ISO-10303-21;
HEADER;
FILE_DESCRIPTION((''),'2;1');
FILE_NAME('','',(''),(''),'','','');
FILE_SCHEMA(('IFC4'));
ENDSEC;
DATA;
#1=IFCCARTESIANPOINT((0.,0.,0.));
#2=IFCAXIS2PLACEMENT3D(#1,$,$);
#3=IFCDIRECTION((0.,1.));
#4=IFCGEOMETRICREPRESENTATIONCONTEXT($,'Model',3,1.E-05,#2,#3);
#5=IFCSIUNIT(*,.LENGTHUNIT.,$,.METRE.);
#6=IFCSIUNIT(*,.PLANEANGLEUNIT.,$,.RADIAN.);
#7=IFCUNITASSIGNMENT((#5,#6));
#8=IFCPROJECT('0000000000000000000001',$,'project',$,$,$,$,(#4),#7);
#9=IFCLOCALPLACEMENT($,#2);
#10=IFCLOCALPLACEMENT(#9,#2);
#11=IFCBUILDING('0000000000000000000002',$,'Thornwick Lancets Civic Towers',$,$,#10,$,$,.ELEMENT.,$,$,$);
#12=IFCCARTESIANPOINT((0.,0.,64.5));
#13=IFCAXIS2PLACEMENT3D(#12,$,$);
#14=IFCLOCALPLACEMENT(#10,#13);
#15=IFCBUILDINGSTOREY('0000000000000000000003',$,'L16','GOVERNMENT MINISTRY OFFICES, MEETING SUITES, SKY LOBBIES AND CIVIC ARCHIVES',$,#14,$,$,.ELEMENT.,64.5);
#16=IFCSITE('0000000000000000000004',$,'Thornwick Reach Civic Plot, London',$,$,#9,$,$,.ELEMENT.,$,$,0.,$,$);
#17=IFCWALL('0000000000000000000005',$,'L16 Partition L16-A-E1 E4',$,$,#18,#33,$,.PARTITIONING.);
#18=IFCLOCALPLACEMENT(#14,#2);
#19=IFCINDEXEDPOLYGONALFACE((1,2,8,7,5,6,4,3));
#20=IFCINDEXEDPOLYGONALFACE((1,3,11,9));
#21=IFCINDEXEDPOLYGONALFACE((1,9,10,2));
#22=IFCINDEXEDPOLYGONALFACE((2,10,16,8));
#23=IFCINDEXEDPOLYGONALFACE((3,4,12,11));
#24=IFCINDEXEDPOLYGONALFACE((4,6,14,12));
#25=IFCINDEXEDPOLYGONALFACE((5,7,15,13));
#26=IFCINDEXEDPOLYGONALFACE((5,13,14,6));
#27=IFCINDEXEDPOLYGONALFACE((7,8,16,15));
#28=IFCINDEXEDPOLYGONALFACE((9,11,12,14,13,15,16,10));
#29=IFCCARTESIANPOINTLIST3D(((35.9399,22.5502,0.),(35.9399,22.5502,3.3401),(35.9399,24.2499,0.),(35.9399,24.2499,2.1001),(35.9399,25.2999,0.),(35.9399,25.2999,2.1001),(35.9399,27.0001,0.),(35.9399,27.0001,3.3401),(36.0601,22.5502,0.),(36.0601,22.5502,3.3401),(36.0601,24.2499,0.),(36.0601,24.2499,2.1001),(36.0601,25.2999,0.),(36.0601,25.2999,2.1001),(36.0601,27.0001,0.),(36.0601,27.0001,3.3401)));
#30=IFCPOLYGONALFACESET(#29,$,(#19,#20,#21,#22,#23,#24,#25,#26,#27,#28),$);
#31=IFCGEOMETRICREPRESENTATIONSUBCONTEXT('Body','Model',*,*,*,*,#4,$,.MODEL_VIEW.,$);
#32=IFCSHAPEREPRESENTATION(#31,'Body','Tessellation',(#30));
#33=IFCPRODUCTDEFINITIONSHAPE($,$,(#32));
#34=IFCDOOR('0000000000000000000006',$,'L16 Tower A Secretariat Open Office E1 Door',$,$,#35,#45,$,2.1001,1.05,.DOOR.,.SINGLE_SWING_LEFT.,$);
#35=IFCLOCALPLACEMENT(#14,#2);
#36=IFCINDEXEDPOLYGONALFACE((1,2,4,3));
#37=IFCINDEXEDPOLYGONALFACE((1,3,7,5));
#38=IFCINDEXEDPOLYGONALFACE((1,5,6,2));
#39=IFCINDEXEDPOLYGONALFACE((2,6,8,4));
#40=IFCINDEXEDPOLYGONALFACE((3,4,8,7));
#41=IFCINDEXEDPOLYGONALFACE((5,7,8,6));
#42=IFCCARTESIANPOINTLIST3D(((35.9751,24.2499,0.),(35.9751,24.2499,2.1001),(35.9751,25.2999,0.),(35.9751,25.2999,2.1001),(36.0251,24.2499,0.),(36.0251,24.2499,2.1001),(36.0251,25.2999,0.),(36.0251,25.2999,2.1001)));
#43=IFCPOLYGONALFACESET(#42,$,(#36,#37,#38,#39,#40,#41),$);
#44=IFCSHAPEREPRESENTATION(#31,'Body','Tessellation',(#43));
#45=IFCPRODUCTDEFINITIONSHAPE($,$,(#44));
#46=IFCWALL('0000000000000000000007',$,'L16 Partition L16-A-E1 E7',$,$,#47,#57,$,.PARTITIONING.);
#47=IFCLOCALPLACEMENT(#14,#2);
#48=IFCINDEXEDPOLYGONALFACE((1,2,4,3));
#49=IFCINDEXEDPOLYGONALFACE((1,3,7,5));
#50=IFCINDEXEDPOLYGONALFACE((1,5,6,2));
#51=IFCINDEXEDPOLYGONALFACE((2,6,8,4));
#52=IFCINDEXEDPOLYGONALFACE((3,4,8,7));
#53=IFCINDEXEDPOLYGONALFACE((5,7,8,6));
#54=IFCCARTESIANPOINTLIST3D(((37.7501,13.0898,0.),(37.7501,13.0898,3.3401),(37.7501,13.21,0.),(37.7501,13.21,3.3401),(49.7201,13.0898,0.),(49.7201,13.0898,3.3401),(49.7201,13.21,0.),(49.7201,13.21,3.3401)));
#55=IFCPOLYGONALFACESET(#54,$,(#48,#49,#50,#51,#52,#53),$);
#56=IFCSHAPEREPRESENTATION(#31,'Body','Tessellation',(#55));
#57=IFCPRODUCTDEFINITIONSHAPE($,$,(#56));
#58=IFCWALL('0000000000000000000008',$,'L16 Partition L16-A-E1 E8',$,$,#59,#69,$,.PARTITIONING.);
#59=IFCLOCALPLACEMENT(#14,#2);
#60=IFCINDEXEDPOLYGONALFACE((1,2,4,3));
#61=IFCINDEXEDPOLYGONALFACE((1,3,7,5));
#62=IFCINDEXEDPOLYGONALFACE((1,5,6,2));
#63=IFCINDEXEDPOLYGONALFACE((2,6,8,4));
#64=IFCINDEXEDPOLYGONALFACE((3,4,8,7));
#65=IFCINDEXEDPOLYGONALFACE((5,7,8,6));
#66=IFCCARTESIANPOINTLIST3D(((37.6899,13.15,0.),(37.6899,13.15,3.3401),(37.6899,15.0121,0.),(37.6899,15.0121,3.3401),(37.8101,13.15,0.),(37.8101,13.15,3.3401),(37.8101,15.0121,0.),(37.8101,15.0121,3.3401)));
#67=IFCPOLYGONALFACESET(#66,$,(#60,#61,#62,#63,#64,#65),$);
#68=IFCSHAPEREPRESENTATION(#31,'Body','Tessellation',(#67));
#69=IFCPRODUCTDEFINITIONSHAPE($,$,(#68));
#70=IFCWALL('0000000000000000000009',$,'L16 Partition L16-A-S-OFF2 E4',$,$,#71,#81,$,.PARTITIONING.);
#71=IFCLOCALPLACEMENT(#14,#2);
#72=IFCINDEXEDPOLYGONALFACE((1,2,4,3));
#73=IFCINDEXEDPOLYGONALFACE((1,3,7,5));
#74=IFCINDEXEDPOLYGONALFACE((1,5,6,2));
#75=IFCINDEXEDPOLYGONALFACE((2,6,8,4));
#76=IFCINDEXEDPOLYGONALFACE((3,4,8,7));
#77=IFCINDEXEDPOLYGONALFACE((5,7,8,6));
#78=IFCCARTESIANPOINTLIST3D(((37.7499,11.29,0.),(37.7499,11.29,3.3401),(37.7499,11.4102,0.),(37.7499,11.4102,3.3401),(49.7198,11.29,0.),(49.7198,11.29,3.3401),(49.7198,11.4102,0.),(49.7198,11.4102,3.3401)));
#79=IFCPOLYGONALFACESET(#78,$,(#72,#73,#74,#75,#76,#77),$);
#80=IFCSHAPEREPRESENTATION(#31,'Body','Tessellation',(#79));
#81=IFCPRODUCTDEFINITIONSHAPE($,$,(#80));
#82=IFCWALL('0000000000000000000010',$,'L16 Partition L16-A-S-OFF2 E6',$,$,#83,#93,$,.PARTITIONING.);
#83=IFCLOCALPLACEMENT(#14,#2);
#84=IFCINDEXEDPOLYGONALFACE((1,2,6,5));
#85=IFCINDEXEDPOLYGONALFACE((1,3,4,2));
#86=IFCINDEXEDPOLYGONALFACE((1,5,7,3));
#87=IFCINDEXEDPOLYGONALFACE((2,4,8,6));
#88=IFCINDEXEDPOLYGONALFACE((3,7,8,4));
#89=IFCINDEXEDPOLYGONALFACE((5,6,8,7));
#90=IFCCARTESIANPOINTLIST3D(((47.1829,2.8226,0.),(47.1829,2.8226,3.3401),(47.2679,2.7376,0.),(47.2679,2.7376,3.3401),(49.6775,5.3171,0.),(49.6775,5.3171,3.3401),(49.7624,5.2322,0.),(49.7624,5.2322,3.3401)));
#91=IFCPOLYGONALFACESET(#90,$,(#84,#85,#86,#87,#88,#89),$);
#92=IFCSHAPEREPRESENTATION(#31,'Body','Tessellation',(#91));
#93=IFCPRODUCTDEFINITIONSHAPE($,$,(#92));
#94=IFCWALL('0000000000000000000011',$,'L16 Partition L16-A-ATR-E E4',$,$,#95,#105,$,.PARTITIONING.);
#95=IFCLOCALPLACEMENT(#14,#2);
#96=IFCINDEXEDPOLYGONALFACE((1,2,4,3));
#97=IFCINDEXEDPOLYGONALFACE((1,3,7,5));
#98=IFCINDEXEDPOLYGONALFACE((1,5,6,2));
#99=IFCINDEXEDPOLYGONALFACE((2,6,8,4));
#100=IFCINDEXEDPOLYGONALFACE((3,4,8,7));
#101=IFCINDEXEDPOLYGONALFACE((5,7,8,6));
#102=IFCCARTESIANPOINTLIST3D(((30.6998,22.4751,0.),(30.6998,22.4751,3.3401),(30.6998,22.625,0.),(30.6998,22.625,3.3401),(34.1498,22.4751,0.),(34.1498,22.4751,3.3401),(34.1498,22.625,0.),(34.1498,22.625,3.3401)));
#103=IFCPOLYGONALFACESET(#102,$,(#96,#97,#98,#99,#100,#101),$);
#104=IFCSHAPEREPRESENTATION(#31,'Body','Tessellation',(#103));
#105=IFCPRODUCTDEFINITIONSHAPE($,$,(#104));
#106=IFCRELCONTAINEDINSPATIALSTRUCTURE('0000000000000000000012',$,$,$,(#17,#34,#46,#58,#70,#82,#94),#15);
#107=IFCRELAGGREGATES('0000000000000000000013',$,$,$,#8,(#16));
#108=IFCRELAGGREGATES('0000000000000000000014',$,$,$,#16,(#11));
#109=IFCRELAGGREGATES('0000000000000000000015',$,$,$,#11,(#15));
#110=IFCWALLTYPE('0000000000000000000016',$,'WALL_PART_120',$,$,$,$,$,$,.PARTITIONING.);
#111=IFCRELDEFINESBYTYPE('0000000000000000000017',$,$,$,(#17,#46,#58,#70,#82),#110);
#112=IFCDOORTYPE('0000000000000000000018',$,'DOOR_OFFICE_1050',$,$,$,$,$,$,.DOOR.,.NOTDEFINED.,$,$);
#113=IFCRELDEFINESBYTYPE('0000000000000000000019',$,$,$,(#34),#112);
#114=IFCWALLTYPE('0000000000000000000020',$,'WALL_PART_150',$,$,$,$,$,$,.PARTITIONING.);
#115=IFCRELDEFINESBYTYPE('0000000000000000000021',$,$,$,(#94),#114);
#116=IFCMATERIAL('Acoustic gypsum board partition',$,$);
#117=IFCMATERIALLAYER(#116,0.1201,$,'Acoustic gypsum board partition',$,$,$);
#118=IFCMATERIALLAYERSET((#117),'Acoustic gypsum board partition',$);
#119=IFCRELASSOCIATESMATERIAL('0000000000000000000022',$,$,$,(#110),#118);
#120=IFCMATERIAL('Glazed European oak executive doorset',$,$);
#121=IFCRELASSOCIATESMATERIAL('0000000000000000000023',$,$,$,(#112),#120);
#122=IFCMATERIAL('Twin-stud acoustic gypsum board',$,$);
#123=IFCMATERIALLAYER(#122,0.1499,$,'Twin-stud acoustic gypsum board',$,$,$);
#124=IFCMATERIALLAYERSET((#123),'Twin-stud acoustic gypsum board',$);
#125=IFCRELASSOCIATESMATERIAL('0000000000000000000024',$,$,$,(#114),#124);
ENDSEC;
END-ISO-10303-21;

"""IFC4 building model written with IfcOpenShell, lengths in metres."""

from ifc_helpers import new_model, si_unit, direction, frame, frame_2d, origin, place, context, subcontext, project, spatial, rectangle, extrude, material, layer, layer_set, type_object, element, fill, save


model = new_model("IFC4")

# Units and contexts
model_context = context("Model", 3, precision=1e-05, world=origin(), true_north=direction((0.0, 1.0)))
body_context = subcontext(model_context, "Body", "Model", "MODEL_VIEW")
ifc_project = project(units=[si_unit("LENGTHUNIT", "METRE"), si_unit("PLANEANGLEUNIT", "RADIAN")], contexts=[model_context])

# Site, building, storey
site_placement = place(None, origin())
site = spatial("IfcSite", under=ifc_project, at=site_placement, Name="Thornwick Reach Civic Plot, London", CompositionType="ELEMENT", RefElevation=0.0)
building_placement = place(site_placement, origin())
building = spatial("IfcBuilding", under=site, at=building_placement, Name="Thornwick Lancets Civic Towers", CompositionType="ELEMENT")
storey_placement = place(building_placement, frame((0.0, 0.0, 64.5)))
storey = spatial("IfcBuildingStorey", under=building, at=storey_placement, Name="L16", Description="GOVERNMENT MINISTRY OFFICES, MEETING SUITES, SKY LOBBIES AND CIVIC ARCHIVES", CompositionType="ELEMENT", Elevation=64.5)

# Shared definitions
ifc_material_1 = material(Name="Acoustic gypsum board partition")
ifc_layer_1 = layer(ifc_material_1, 0.1201, Name="Acoustic gypsum board partition")
ifc_layer_set_1 = layer_set([ifc_layer_1], Name="Acoustic gypsum board partition")
wall_type_1 = type_object("IfcWallType", Name="WALL_PART_120", PredefinedType="PARTITIONING", material=ifc_layer_set_1)

# Wall, opening, door
wall_1_placement = place(storey_placement, frame((36.0, 22.55, 0.0), z_axis=(0.0, 0.0, 1.0), x_axis=(0.0, 1.0, 0.0)))
wall_1 = element("IfcWall", 1, at=wall_1_placement, inside=storey, type_object=wall_type_1, Name="L16 Partition L16-A-E1 E4", PredefinedType="PARTITIONING", context=body_context, shape_type="SweptSolid", body=[
    extrude(rectangle(XDim=4.45, YDim=0.1201, at=frame_2d((2.2251, 0.0))), origin(), (0.0, 0.0, 1.0), 3.3401),
])
opening_1_placement = place(wall_1_placement, frame((1.7, 0.0, 0.0)))
opening_1 = element("IfcOpeningElement", 2, at=opening_1_placement, cuts=wall_1, PredefinedType="OPENING", context=body_context, shape_type="SweptSolid", body=[
    extrude(rectangle(XDim=1.05, YDim=2.1001, at=frame_2d((0.5249, 1.05))), frame((0.0, 0.0701, 0.0), z_axis=(0.0, -1.0, 0.0), x_axis=(1.0, 0.0, 0.0)), (0.0, 0.0, 1.0), 0.1401),
])
ifc_material_2 = material(Name="Glazed European oak executive doorset")
door_type_1 = type_object("IfcDoorType", Name="DOOR_OFFICE_1050", OperationType="NOTDEFINED", PredefinedType="DOOR", material=ifc_material_2)
door_1_placement = place(opening_1_placement, origin())
door_1 = element("IfcDoor", 3, at=door_1_placement, inside=storey, type_object=door_type_1, Name="L16 Tower A Secretariat Open Office E1 Door", OperationType="SINGLE_SWING_LEFT", OverallHeight=2.1001, OverallWidth=1.05, PredefinedType="DOOR", context=body_context, shape_type="SweptSolid", body=[
    extrude(rectangle(XDim=1.05, YDim=2.1001, at=frame_2d((0.5249, 1.05))), frame((0.0, 0.0249, 0.0), z_axis=(0.0, -1.0, 0.0), x_axis=(1.0, 0.0, 0.0)), (0.0, 0.0, 1.0), 0.05),
])
fill(opening_1, door_1)

# Walls
wall_2_placement = place(storey_placement, frame((49.72, 13.1499, 0.0), z_axis=(0.0, 0.0, 1.0), x_axis=(-1.0, 0.0, 0.0)))
element("IfcWall", 4, at=wall_2_placement, inside=storey, type_object=wall_type_1, Name="L16 Partition L16-A-E1 E7", PredefinedType="PARTITIONING", context=body_context, shape_type="SweptSolid", body=[
    extrude(rectangle(XDim=11.97, YDim=0.1201, at=frame_2d((5.9849, 0.0))), origin(), (0.0, 0.0, 1.0), 3.3401),
])
wall_3_placement = place(storey_placement, frame((37.75, 13.1499, 0.0), z_axis=(0.0, 0.0, 1.0), x_axis=(0.0, 1.0, 0.0)))
element("IfcWall", 5, at=wall_3_placement, inside=storey, type_object=wall_type_1, Name="L16 Partition L16-A-E1 E8", PredefinedType="PARTITIONING", context=body_context, shape_type="SweptSolid", body=[
    extrude(rectangle(XDim=1.8621, YDim=0.1201, at=frame_2d((0.9312, 0.0))), origin(), (0.0, 0.0, 1.0), 3.3401),
])
wall_4_placement = place(storey_placement, frame((37.75, 11.3501, 0.0), z_axis=(0.0, 0.0, 1.0), x_axis=(1.0, 0.0, 0.0)))
element("IfcWall", 6, at=wall_4_placement, inside=storey, type_object=wall_type_1, Name="L16 Partition L16-A-S-OFF2 E4", PredefinedType="PARTITIONING", context=body_context, shape_type="SweptSolid", body=[
    extrude(rectangle(XDim=11.97, YDim=0.1201, at=frame_2d((5.9849, 0.0))), origin(), (0.0, 0.0, 1.0), 3.3401),
])
wall_5_placement = place(storey_placement, frame((49.72, 5.2747, 0.0), z_axis=(0.0, 0.0, 1.0), x_axis=(-0.707107, -0.707107, 0.0)))
element("IfcWall", 7, at=wall_5_placement, inside=storey, type_object=wall_type_1, Name="L16 Partition L16-A-S-OFF2 E6", PredefinedType="PARTITIONING", context=body_context, shape_type="SweptSolid", body=[
    extrude(rectangle(XDim=3.5278, YDim=0.1201, at=frame_2d((1.7639, 0.0))), origin(), (0.0, 0.0, 1.0), 3.3401),
])
ifc_material_3 = material(Name="Twin-stud acoustic gypsum board")
ifc_layer_2 = layer(ifc_material_3, 0.1499, Name="Twin-stud acoustic gypsum board")
ifc_layer_set_2 = layer_set([ifc_layer_2], Name="Twin-stud acoustic gypsum board")
wall_type_2 = type_object("IfcWallType", Name="WALL_PART_150", PredefinedType="PARTITIONING", material=ifc_layer_set_2)
wall_6_placement = place(storey_placement, frame((34.1499, 22.55, 0.0), z_axis=(0.0, 0.0, 1.0), x_axis=(-1.0, 0.0, 0.0)))
element("IfcWall", 8, at=wall_6_placement, inside=storey, type_object=wall_type_2, Name="L16 Partition L16-A-ATR-E E4", PredefinedType="PARTITIONING", context=body_context, shape_type="SweptSolid", body=[
    extrude(rectangle(XDim=3.45, YDim=0.1499, at=frame_2d((1.7251, 0.0))), origin(), (0.0, 0.0, 1.0), 3.3401),
])

save(model, "model.ifc")
